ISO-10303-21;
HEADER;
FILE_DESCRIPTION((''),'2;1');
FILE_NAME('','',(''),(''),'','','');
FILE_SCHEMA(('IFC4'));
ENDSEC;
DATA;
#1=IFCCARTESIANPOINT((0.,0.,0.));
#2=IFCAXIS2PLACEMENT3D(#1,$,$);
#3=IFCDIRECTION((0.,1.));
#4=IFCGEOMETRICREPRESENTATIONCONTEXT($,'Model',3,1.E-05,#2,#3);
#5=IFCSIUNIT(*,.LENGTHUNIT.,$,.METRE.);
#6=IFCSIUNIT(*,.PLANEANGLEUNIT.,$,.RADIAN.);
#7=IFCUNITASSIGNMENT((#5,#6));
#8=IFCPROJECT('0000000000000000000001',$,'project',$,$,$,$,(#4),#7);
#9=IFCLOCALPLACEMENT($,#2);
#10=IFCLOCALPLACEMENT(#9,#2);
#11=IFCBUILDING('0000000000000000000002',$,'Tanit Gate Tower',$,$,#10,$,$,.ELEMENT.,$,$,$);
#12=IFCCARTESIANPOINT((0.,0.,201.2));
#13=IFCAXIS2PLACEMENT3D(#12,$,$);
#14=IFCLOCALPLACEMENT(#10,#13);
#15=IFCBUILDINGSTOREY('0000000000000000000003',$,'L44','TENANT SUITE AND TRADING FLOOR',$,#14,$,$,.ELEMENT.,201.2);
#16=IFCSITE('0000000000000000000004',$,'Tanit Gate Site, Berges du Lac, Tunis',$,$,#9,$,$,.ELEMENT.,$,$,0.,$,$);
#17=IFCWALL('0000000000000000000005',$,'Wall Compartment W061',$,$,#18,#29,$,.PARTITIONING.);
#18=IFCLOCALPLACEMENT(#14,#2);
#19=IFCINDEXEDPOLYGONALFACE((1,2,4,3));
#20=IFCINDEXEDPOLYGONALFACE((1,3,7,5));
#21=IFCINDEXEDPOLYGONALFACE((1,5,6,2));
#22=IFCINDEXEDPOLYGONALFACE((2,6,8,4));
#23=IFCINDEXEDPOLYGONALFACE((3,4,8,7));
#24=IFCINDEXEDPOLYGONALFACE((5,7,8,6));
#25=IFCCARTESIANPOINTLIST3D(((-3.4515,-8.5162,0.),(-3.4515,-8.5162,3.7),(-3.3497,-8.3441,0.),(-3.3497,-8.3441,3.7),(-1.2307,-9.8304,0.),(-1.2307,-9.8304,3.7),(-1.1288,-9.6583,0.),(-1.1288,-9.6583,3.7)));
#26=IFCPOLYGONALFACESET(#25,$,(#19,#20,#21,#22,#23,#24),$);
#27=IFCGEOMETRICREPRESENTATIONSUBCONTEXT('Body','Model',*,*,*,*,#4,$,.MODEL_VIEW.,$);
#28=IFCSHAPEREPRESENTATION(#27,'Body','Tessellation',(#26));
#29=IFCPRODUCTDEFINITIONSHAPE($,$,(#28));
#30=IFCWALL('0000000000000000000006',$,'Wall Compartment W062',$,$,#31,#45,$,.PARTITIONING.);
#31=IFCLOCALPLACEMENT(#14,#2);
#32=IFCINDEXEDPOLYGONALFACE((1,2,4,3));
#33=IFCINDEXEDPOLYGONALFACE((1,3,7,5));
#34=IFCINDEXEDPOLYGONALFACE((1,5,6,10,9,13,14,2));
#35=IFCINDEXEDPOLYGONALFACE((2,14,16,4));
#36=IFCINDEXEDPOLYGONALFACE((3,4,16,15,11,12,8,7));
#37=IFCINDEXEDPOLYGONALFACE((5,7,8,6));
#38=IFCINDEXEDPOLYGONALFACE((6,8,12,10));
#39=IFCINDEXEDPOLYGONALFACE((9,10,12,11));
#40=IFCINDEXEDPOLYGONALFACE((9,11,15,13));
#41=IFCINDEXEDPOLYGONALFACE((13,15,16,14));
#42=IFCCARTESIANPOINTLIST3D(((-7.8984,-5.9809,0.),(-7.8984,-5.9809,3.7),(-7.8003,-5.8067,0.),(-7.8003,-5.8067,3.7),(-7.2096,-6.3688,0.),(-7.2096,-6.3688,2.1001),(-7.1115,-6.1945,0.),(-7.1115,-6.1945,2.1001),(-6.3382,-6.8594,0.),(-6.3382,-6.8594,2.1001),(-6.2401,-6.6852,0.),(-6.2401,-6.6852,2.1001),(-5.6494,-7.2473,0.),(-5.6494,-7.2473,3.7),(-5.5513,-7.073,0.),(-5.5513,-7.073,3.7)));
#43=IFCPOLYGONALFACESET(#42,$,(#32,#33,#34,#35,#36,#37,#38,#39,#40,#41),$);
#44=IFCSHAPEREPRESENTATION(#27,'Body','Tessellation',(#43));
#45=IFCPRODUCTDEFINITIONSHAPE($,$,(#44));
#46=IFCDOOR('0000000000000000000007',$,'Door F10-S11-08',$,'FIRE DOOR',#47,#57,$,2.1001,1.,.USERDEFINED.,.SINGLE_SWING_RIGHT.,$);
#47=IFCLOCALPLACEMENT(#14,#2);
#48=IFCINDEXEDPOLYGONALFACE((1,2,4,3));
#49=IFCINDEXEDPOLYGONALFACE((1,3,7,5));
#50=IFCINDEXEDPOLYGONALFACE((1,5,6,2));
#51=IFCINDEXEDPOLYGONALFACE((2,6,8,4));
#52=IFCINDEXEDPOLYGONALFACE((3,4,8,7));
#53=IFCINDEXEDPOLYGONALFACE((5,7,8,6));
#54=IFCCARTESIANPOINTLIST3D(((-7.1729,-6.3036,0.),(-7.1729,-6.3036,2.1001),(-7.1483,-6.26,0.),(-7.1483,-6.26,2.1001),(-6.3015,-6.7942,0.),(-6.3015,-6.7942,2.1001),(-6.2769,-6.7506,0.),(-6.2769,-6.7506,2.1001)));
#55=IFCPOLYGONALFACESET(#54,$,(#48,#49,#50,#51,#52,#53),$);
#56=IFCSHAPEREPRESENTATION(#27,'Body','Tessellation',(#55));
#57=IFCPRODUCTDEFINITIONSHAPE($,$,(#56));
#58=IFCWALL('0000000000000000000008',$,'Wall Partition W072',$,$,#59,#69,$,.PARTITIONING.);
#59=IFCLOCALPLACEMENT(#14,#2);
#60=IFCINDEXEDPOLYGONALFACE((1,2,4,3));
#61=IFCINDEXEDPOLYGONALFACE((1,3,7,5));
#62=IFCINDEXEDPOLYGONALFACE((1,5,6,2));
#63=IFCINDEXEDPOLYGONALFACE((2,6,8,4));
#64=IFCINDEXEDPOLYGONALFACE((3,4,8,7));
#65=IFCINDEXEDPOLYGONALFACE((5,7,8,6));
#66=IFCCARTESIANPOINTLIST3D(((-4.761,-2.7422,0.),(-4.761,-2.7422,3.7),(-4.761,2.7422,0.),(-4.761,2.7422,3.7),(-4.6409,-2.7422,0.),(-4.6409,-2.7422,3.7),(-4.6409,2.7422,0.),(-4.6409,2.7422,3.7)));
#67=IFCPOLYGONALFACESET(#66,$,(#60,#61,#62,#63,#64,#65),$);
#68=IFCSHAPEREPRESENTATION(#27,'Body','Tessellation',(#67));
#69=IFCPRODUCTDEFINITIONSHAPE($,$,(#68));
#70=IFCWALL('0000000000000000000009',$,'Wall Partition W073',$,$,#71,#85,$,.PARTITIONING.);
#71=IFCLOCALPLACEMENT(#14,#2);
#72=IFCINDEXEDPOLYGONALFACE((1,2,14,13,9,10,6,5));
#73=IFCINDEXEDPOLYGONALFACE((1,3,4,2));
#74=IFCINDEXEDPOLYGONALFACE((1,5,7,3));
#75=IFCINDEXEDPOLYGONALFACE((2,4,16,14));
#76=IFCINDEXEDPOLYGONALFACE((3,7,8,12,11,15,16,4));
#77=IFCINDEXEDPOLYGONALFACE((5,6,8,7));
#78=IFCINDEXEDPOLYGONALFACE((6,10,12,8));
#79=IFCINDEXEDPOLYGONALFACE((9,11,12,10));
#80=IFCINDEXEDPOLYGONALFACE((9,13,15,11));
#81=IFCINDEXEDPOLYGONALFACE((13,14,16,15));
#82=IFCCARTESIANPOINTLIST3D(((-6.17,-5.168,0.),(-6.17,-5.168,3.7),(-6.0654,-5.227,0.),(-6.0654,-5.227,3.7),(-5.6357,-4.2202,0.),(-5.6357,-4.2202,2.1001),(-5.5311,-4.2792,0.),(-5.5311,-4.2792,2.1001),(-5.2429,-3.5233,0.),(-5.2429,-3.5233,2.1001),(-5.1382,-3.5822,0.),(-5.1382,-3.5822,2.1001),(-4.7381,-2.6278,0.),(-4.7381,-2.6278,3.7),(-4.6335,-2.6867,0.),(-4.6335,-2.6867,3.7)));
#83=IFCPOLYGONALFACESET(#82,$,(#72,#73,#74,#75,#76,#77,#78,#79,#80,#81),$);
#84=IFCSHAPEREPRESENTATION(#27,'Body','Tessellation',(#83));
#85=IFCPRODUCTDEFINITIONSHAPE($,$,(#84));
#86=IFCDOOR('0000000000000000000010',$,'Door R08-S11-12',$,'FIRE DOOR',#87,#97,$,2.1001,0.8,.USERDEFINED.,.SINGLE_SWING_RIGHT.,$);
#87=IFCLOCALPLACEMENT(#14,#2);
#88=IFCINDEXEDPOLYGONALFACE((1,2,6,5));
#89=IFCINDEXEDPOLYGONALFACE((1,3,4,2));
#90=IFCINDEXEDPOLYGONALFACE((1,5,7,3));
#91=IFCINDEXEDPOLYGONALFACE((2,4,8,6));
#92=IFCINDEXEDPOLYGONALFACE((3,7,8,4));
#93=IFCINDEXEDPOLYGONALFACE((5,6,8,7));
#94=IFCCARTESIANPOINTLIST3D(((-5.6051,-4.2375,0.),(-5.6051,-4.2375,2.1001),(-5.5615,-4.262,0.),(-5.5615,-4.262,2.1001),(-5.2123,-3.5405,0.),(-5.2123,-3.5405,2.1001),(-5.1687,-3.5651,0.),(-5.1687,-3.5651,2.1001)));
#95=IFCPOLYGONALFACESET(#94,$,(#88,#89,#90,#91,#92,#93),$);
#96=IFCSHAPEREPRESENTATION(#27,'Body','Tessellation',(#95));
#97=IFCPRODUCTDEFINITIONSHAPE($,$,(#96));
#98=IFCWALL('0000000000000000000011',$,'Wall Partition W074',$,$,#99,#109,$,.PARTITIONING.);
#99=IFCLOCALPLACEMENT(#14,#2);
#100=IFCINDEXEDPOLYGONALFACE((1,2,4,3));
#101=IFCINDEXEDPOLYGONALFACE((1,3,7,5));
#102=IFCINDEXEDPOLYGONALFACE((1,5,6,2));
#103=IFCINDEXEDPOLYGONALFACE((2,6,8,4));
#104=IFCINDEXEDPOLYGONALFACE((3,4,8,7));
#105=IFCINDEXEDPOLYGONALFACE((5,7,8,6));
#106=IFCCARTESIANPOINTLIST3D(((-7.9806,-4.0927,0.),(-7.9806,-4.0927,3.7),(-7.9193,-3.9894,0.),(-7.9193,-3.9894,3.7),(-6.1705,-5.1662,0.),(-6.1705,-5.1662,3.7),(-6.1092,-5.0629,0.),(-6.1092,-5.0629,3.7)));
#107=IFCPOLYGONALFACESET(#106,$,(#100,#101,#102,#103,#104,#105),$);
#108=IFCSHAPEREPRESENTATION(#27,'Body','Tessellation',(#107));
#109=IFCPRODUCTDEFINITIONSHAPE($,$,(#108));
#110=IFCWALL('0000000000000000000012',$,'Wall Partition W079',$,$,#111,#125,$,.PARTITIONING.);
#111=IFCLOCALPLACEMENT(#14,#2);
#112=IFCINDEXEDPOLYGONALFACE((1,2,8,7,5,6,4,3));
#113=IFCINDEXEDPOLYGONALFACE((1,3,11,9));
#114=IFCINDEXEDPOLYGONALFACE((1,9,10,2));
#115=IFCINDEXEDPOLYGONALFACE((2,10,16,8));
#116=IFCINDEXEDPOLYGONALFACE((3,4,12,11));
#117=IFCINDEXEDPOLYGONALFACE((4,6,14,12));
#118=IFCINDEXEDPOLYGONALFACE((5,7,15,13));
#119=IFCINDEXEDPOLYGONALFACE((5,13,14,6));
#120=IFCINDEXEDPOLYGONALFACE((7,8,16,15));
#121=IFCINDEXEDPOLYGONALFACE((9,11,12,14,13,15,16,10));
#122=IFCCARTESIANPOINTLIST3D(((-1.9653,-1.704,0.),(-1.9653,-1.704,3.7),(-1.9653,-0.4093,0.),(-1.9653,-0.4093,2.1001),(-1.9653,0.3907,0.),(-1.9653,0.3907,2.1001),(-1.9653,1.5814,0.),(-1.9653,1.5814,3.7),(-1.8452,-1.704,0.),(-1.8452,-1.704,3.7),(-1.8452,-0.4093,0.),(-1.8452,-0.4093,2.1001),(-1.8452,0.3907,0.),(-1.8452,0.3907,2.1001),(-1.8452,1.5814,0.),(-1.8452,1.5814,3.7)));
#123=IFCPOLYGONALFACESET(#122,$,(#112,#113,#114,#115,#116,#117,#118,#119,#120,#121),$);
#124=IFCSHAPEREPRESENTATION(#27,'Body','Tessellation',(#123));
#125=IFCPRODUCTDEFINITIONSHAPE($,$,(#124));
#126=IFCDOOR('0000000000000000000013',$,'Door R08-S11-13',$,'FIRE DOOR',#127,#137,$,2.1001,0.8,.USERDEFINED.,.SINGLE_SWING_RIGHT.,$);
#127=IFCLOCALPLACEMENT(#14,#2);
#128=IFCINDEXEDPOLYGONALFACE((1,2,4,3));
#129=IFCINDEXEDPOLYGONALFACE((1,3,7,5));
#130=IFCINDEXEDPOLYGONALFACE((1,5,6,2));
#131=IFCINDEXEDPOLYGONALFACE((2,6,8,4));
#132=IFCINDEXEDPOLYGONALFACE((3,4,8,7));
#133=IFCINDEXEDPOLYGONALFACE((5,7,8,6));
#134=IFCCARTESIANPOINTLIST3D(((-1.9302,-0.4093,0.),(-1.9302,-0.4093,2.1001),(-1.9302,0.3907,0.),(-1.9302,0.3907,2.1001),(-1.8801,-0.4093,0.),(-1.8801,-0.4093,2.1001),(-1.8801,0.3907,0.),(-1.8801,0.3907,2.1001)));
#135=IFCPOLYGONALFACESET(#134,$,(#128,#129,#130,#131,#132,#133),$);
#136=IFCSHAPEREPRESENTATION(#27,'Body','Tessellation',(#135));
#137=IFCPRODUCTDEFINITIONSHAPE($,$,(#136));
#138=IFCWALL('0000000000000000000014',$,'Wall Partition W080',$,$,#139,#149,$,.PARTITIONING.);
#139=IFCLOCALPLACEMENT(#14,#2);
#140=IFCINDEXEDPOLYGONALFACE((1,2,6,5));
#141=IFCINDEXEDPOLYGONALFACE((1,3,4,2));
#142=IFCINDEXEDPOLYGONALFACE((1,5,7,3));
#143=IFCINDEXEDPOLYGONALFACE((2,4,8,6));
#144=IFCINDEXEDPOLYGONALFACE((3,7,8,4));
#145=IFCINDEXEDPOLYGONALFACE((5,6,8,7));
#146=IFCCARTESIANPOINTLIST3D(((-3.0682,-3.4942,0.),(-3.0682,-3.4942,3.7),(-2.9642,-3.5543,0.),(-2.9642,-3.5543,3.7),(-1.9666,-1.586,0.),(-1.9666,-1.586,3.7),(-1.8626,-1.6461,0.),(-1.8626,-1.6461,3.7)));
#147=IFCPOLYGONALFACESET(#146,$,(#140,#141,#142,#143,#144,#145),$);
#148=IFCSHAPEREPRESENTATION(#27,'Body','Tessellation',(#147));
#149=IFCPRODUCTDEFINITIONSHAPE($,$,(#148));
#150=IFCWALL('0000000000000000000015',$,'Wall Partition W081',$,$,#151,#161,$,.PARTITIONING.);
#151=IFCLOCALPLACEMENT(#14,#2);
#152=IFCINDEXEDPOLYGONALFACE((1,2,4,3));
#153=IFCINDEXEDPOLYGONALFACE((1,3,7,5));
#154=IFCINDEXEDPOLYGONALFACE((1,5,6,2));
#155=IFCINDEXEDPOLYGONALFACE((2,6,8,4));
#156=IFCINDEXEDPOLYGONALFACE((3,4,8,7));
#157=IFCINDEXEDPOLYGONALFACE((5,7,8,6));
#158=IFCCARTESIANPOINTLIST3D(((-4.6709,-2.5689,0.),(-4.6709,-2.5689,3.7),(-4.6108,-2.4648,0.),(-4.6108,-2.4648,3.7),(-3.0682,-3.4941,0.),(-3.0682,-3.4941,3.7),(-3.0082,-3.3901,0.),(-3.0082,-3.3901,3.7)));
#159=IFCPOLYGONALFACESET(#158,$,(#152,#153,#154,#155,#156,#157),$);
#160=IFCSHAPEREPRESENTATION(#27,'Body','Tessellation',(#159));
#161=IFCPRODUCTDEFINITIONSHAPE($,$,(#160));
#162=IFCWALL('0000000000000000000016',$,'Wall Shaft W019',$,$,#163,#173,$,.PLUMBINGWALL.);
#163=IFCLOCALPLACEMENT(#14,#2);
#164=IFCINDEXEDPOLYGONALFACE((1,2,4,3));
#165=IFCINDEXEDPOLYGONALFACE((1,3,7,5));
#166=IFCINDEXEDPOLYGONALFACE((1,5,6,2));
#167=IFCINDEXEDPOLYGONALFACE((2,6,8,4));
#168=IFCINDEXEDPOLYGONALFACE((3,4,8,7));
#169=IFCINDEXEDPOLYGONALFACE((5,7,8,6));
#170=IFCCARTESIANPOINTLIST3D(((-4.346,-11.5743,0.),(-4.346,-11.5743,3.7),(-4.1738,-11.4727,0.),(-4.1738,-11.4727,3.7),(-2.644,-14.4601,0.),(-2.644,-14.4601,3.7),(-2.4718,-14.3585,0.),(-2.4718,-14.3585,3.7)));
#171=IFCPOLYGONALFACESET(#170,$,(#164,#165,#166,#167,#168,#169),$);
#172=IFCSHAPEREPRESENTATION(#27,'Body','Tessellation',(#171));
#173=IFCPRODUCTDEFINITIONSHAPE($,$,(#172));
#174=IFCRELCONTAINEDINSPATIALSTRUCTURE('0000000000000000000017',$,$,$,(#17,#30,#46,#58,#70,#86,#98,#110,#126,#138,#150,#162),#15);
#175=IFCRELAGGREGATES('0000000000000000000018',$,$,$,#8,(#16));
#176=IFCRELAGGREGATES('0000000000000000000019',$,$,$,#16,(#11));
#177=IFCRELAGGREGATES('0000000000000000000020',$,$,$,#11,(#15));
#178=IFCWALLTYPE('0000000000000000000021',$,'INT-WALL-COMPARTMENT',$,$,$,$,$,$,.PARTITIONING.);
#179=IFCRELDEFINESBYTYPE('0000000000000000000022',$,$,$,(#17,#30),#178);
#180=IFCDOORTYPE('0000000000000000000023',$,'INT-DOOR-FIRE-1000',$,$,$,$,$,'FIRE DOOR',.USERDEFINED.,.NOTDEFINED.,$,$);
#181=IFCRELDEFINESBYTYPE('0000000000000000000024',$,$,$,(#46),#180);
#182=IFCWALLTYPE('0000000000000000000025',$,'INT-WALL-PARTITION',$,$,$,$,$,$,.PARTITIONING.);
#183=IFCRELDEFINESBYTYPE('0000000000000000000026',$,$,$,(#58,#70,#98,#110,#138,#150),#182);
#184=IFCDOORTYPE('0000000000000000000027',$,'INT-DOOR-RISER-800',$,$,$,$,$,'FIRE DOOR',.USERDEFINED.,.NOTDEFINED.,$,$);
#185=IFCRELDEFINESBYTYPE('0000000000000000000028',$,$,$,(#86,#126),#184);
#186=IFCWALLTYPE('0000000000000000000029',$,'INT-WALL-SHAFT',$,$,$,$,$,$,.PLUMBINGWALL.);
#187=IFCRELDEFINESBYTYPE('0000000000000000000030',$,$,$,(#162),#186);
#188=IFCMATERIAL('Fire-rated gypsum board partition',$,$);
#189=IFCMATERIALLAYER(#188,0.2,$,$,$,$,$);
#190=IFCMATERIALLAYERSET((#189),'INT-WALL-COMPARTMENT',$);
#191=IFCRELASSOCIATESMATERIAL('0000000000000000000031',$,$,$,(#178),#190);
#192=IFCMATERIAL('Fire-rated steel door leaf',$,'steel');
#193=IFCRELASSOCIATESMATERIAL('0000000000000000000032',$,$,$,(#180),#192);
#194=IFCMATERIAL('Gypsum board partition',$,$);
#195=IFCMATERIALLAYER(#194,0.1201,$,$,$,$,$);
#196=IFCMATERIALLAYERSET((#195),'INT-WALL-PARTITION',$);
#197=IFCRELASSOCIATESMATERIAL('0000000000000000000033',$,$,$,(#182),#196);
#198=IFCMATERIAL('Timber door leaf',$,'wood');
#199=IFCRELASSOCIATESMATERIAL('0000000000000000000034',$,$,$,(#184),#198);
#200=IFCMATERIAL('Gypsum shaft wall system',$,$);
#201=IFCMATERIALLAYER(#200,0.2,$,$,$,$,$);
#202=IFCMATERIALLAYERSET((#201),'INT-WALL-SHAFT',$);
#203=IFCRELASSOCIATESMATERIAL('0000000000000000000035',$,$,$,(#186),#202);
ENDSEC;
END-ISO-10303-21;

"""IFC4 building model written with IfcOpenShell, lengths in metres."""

from ifc_helpers import new_model, si_unit, direction, frame, frame_2d, origin, place, context, subcontext, project, spatial, rectangle, extrude, material, layer, layer_set, type_object, element, fill, save


model = new_model("IFC4")

# Units and contexts
model_context = context("Model", 3, precision=1e-05, world=origin(), true_north=direction((0.0, 1.0)))
body_context = subcontext(model_context, "Body", "Model", "MODEL_VIEW")
ifc_project = project(units=[si_unit("LENGTHUNIT", "METRE"), si_unit("PLANEANGLEUNIT", "RADIAN")], contexts=[model_context])

# Site, building, storey
site_placement = place(None, origin())
site = spatial("IfcSite", under=ifc_project, at=site_placement, Name="Tanit Gate Site, Berges du Lac, Tunis", CompositionType="ELEMENT", RefElevation=0.0)
building_placement = place(site_placement, origin())
building = spatial("IfcBuilding", under=site, at=building_placement, Name="Tanit Gate Tower", CompositionType="ELEMENT")
storey_placement = place(building_placement, frame((0.0, 0.0, 201.2)))
storey = spatial("IfcBuildingStorey", under=building, at=storey_placement, Name="L44", Description="TENANT SUITE AND TRADING FLOOR", CompositionType="ELEMENT", Elevation=201.2)

# Wall
ifc_material_1 = material(Name="Fire-rated gypsum board partition")
ifc_layer_1 = layer(ifc_material_1, 0.2)
ifc_layer_set_1 = layer_set([ifc_layer_1], Name="INT-WALL-COMPARTMENT")
wall_type_1 = type_object("IfcWallType", Name="INT-WALL-COMPARTMENT", PredefinedType="PARTITIONING", material=ifc_layer_set_1)
wall_1_placement = place(storey_placement, frame((-3.4006, -8.4302, 0.0), z_axis=(0.0, 0.0, 1.0), x_axis=(0.860616, -0.509255, 0.0)))
element("IfcWall", 1, at=wall_1_placement, inside=storey, type_object=wall_type_1, Name="Wall Compartment W061", PredefinedType="PARTITIONING", context=body_context, shape_type="SweptSolid", body=[
    extrude(rectangle(XDim=2.5806, YDim=0.2, at=frame_2d((1.2903, 0.0))), origin(), (0.0, 0.0, 1.0), 3.7),
])

# Wall, opening, door
wall_2_placement = place(storey_placement, frame((-7.8494, -5.8938, 0.0), z_axis=(0.0, 0.0, 1.0), x_axis=(0.871363, -0.490638, 0.0)))
wall_2 = element("IfcWall", 2, at=wall_2_placement, inside=storey, type_object=wall_type_1, Name="Wall Compartment W062", PredefinedType="PARTITIONING", context=body_context, shape_type="SweptSolid", body=[
    extrude(rectangle(XDim=2.5811, YDim=0.2, at=frame_2d((1.2905, 0.0))), origin(), (0.0, 0.0, 1.0), 3.7),
])
opening_1_placement = place(wall_2_placement, frame((0.7905, 0.0, 0.0)))
opening_1 = element("IfcOpeningElement", 3, at=opening_1_placement, cuts=wall_2, PredefinedType="OPENING", context=body_context, shape_type="SweptSolid", body=[
    extrude(rectangle(XDim=1.0, YDim=2.1001, at=frame_2d((0.5, 1.05))), frame((0.0, 0.1099, 0.0), z_axis=(0.0, -1.0, 0.0), x_axis=(1.0, 0.0, 0.0)), (0.0, 0.0, 1.0), 0.22),
])
ifc_material_2 = material(Name="Fire-rated steel door leaf", Category="steel")
door_type_1 = type_object("IfcDoorType", Name="INT-DOOR-FIRE-1000", ElementType="FIRE DOOR", OperationType="NOTDEFINED", PredefinedType="USERDEFINED", material=ifc_material_2)
door_1_placement = place(opening_1_placement, origin())
door_1 = element("IfcDoor", 4, at=door_1_placement, inside=storey, type_object=door_type_1, Name="Door F10-S11-08", ObjectType="FIRE DOOR", OperationType="SINGLE_SWING_RIGHT", OverallHeight=2.1001, OverallWidth=1.0, PredefinedType="USERDEFINED", context=body_context, shape_type="SweptSolid", body=[
    extrude(rectangle(XDim=1.0, YDim=2.1001, at=frame_2d((0.5, 1.05))), frame((0.0, 0.0249, 0.0), z_axis=(0.0, -1.0, 0.0), x_axis=(1.0, 0.0, 0.0)), (0.0, 0.0, 1.0), 0.05),
])
fill(opening_1, door_1)

# Wall
ifc_material_3 = material(Name="Gypsum board partition")
ifc_layer_2 = layer(ifc_material_3, 0.1201)
ifc_layer_set_2 = layer_set([ifc_layer_2], Name="INT-WALL-PARTITION")
wall_type_2 = type_object("IfcWallType", Name="INT-WALL-PARTITION", PredefinedType="PARTITIONING", material=ifc_layer_set_2)
wall_3_placement = place(storey_placement, frame((-4.7009, -2.7422, 0.0), z_axis=(0.0, 0.0, 1.0), x_axis=(0.0, 1.0, 0.0)))
element("IfcWall", 5, at=wall_3_placement, inside=storey, type_object=wall_type_2, Name="Wall Partition W072", PredefinedType="PARTITIONING", context=body_context, shape_type="SweptSolid", body=[
    extrude(rectangle(XDim=5.4844, YDim=0.1201, at=frame_2d((2.7422, 0.0))), origin(), (0.0, 0.0, 1.0), 3.7),
])

# Wall, opening, door
wall_4_placement = place(storey_placement, frame((-6.1177, -5.1975, 0.0), z_axis=(0.0, 0.0, 1.0), x_axis=(0.491036, 0.871139, 0.0)))
wall_4 = element("IfcWall", 6, at=wall_4_placement, inside=storey, type_object=wall_type_2, Name="Wall Partition W073", PredefinedType="PARTITIONING", context=body_context, shape_type="SweptSolid", body=[
    extrude(rectangle(XDim=2.916, YDim=0.1201, at=frame_2d((1.458, 0.0))), origin(), (0.0, 0.0, 1.0), 3.7),
])
opening_2_placement = place(wall_4_placement, frame((1.0881, 0.0, 0.0)))
opening_2 = element("IfcOpeningElement", 7, at=opening_2_placement, cuts=wall_4, PredefinedType="OPENING", context=body_context, shape_type="SweptSolid", body=[
    extrude(rectangle(XDim=0.8, YDim=2.1001, at=frame_2d((0.3999, 1.05))), frame((0.0, 0.0701, 0.0), z_axis=(0.0, -1.0, 0.0), x_axis=(1.0, 0.0, 0.0)), (0.0, 0.0, 1.0), 0.1401),
])
ifc_material_4 = material(Name="Timber door leaf", Category="wood")
door_type_2 = type_object("IfcDoorType", Name="INT-DOOR-RISER-800", ElementType="FIRE DOOR", OperationType="NOTDEFINED", PredefinedType="USERDEFINED", material=ifc_material_4)
door_2_placement = place(opening_2_placement, origin())
door_2 = element("IfcDoor", 8, at=door_2_placement, inside=storey, type_object=door_type_2, Name="Door R08-S11-12", ObjectType="FIRE DOOR", OperationType="SINGLE_SWING_RIGHT", OverallHeight=2.1001, OverallWidth=0.8, PredefinedType="USERDEFINED", context=body_context, shape_type="SweptSolid", body=[
    extrude(rectangle(XDim=0.8, YDim=2.1001, at=frame_2d((0.3999, 1.05))), frame((0.0, 0.0249, 0.0), z_axis=(0.0, -1.0, 0.0), x_axis=(1.0, 0.0, 0.0)), (0.0, 0.0, 1.0), 0.05),
])
fill(opening_2, door_2)

# Wall
wall_5_placement = place(storey_placement, frame((-7.95, -4.041, 0.0), z_axis=(0.0, 0.0, 1.0), x_axis=(0.860112, -0.510104, 0.0)))
element("IfcWall", 9, at=wall_5_placement, inside=storey, type_object=wall_type_2, Name="Wall Partition W074", PredefinedType="PARTITIONING", context=body_context, shape_type="SweptSolid", body=[
    extrude(rectangle(XDim=2.1045, YDim=0.1201, at=frame_2d((1.0522, 0.0))), origin(), (0.0, 0.0, 1.0), 3.7),
])

# Wall, opening, door
wall_6_placement = place(storey_placement, frame((-1.9053, -1.7039, 0.0), z_axis=(0.0, 0.0, 1.0), x_axis=(0.0, 1.0, 0.0)))
wall_6 = element("IfcWall", 10, at=wall_6_placement, inside=storey, type_object=wall_type_2, Name="Wall Partition W079", PredefinedType="PARTITIONING", context=body_context, shape_type="SweptSolid", body=[
    extrude(rectangle(XDim=3.2854, YDim=0.1201, at=frame_2d((1.6426, 0.0))), origin(), (0.0, 0.0, 1.0), 3.7),
])
opening_3_placement = place(wall_6_placement, frame((1.2947, 0.0, 0.0)))
opening_3 = element("IfcOpeningElement", 11, at=opening_3_placement, cuts=wall_6, PredefinedType="OPENING", context=body_context, shape_type="SweptSolid", body=[
    extrude(rectangle(XDim=0.8, YDim=2.1001, at=frame_2d((0.3999, 1.05))), frame((0.0, 0.0701, 0.0), z_axis=(0.0, -1.0, 0.0), x_axis=(1.0, 0.0, 0.0)), (0.0, 0.0, 1.0), 0.1401),
])
door_3_placement = place(opening_3_placement, origin())
door_3 = element("IfcDoor", 12, at=door_3_placement, inside=storey, type_object=door_type_2, Name="Door R08-S11-13", ObjectType="FIRE DOOR", OperationType="SINGLE_SWING_RIGHT", OverallHeight=2.1001, OverallWidth=0.8, PredefinedType="USERDEFINED", context=body_context, shape_type="SweptSolid", body=[
    extrude(rectangle(XDim=0.8, YDim=2.1001, at=frame_2d((0.3999, 1.05))), frame((0.0, 0.0249, 0.0), z_axis=(0.0, -1.0, 0.0), x_axis=(1.0, 0.0, 0.0)), (0.0, 0.0, 1.0), 0.05),
])
fill(opening_3, door_3)

# Walls
wall_7_placement = place(storey_placement, frame((-3.0161, -3.5242, 0.0), z_axis=(0.0, 0.0, 1.0), x_axis=(0.499953, 0.866053, 0.0)))
element("IfcWall", 13, at=wall_7_placement, inside=storey, type_object=wall_type_2, Name="Wall Partition W080", PredefinedType="PARTITIONING", context=body_context, shape_type="SweptSolid", body=[
    extrude(rectangle(XDim=2.2034, YDim=0.1201, at=frame_2d((1.1016, 0.0))), origin(), (0.0, 0.0, 1.0), 3.7),
])
wall_8_placement = place(storey_placement, frame((-4.6409, -2.5168, 0.0), z_axis=(0.0, 0.0, 1.0), x_axis=(0.866043, -0.49997, 0.0)))
element("IfcWall", 14, at=wall_8_placement, inside=storey, type_object=wall_type_2, Name="Wall Partition W081", PredefinedType="PARTITIONING", context=body_context, shape_type="SweptSolid", body=[
    extrude(rectangle(XDim=1.8506, YDim=0.1201, at=frame_2d((0.9253, 0.0))), origin(), (0.0, 0.0, 1.0), 3.7),
])
ifc_material_5 = material(Name="Gypsum shaft wall system")
ifc_layer_3 = layer(ifc_material_5, 0.2)
ifc_layer_set_3 = layer_set([ifc_layer_3], Name="INT-WALL-SHAFT")
wall_type_3 = type_object("IfcWallType", Name="INT-WALL-SHAFT", PredefinedType="PLUMBINGWALL", material=ifc_layer_set_3)
wall_9_placement = place(storey_placement, frame((-2.5579, -14.4094, 0.0), z_axis=(0.0, 0.0, 1.0), x_axis=(-0.507997, 0.861359, 0.0)))
element("IfcWall", 15, at=wall_9_placement, inside=storey, type_object=wall_type_3, Name="Wall Shaft W019", PredefinedType="PLUMBINGWALL", context=body_context, shape_type="SweptSolid", body=[
    extrude(rectangle(XDim=3.3503, YDim=0.2, at=frame_2d((1.6753, 0.0))), origin(), (0.0, 0.0, 1.0), 3.7),
])

save(model, "model.ifc")
